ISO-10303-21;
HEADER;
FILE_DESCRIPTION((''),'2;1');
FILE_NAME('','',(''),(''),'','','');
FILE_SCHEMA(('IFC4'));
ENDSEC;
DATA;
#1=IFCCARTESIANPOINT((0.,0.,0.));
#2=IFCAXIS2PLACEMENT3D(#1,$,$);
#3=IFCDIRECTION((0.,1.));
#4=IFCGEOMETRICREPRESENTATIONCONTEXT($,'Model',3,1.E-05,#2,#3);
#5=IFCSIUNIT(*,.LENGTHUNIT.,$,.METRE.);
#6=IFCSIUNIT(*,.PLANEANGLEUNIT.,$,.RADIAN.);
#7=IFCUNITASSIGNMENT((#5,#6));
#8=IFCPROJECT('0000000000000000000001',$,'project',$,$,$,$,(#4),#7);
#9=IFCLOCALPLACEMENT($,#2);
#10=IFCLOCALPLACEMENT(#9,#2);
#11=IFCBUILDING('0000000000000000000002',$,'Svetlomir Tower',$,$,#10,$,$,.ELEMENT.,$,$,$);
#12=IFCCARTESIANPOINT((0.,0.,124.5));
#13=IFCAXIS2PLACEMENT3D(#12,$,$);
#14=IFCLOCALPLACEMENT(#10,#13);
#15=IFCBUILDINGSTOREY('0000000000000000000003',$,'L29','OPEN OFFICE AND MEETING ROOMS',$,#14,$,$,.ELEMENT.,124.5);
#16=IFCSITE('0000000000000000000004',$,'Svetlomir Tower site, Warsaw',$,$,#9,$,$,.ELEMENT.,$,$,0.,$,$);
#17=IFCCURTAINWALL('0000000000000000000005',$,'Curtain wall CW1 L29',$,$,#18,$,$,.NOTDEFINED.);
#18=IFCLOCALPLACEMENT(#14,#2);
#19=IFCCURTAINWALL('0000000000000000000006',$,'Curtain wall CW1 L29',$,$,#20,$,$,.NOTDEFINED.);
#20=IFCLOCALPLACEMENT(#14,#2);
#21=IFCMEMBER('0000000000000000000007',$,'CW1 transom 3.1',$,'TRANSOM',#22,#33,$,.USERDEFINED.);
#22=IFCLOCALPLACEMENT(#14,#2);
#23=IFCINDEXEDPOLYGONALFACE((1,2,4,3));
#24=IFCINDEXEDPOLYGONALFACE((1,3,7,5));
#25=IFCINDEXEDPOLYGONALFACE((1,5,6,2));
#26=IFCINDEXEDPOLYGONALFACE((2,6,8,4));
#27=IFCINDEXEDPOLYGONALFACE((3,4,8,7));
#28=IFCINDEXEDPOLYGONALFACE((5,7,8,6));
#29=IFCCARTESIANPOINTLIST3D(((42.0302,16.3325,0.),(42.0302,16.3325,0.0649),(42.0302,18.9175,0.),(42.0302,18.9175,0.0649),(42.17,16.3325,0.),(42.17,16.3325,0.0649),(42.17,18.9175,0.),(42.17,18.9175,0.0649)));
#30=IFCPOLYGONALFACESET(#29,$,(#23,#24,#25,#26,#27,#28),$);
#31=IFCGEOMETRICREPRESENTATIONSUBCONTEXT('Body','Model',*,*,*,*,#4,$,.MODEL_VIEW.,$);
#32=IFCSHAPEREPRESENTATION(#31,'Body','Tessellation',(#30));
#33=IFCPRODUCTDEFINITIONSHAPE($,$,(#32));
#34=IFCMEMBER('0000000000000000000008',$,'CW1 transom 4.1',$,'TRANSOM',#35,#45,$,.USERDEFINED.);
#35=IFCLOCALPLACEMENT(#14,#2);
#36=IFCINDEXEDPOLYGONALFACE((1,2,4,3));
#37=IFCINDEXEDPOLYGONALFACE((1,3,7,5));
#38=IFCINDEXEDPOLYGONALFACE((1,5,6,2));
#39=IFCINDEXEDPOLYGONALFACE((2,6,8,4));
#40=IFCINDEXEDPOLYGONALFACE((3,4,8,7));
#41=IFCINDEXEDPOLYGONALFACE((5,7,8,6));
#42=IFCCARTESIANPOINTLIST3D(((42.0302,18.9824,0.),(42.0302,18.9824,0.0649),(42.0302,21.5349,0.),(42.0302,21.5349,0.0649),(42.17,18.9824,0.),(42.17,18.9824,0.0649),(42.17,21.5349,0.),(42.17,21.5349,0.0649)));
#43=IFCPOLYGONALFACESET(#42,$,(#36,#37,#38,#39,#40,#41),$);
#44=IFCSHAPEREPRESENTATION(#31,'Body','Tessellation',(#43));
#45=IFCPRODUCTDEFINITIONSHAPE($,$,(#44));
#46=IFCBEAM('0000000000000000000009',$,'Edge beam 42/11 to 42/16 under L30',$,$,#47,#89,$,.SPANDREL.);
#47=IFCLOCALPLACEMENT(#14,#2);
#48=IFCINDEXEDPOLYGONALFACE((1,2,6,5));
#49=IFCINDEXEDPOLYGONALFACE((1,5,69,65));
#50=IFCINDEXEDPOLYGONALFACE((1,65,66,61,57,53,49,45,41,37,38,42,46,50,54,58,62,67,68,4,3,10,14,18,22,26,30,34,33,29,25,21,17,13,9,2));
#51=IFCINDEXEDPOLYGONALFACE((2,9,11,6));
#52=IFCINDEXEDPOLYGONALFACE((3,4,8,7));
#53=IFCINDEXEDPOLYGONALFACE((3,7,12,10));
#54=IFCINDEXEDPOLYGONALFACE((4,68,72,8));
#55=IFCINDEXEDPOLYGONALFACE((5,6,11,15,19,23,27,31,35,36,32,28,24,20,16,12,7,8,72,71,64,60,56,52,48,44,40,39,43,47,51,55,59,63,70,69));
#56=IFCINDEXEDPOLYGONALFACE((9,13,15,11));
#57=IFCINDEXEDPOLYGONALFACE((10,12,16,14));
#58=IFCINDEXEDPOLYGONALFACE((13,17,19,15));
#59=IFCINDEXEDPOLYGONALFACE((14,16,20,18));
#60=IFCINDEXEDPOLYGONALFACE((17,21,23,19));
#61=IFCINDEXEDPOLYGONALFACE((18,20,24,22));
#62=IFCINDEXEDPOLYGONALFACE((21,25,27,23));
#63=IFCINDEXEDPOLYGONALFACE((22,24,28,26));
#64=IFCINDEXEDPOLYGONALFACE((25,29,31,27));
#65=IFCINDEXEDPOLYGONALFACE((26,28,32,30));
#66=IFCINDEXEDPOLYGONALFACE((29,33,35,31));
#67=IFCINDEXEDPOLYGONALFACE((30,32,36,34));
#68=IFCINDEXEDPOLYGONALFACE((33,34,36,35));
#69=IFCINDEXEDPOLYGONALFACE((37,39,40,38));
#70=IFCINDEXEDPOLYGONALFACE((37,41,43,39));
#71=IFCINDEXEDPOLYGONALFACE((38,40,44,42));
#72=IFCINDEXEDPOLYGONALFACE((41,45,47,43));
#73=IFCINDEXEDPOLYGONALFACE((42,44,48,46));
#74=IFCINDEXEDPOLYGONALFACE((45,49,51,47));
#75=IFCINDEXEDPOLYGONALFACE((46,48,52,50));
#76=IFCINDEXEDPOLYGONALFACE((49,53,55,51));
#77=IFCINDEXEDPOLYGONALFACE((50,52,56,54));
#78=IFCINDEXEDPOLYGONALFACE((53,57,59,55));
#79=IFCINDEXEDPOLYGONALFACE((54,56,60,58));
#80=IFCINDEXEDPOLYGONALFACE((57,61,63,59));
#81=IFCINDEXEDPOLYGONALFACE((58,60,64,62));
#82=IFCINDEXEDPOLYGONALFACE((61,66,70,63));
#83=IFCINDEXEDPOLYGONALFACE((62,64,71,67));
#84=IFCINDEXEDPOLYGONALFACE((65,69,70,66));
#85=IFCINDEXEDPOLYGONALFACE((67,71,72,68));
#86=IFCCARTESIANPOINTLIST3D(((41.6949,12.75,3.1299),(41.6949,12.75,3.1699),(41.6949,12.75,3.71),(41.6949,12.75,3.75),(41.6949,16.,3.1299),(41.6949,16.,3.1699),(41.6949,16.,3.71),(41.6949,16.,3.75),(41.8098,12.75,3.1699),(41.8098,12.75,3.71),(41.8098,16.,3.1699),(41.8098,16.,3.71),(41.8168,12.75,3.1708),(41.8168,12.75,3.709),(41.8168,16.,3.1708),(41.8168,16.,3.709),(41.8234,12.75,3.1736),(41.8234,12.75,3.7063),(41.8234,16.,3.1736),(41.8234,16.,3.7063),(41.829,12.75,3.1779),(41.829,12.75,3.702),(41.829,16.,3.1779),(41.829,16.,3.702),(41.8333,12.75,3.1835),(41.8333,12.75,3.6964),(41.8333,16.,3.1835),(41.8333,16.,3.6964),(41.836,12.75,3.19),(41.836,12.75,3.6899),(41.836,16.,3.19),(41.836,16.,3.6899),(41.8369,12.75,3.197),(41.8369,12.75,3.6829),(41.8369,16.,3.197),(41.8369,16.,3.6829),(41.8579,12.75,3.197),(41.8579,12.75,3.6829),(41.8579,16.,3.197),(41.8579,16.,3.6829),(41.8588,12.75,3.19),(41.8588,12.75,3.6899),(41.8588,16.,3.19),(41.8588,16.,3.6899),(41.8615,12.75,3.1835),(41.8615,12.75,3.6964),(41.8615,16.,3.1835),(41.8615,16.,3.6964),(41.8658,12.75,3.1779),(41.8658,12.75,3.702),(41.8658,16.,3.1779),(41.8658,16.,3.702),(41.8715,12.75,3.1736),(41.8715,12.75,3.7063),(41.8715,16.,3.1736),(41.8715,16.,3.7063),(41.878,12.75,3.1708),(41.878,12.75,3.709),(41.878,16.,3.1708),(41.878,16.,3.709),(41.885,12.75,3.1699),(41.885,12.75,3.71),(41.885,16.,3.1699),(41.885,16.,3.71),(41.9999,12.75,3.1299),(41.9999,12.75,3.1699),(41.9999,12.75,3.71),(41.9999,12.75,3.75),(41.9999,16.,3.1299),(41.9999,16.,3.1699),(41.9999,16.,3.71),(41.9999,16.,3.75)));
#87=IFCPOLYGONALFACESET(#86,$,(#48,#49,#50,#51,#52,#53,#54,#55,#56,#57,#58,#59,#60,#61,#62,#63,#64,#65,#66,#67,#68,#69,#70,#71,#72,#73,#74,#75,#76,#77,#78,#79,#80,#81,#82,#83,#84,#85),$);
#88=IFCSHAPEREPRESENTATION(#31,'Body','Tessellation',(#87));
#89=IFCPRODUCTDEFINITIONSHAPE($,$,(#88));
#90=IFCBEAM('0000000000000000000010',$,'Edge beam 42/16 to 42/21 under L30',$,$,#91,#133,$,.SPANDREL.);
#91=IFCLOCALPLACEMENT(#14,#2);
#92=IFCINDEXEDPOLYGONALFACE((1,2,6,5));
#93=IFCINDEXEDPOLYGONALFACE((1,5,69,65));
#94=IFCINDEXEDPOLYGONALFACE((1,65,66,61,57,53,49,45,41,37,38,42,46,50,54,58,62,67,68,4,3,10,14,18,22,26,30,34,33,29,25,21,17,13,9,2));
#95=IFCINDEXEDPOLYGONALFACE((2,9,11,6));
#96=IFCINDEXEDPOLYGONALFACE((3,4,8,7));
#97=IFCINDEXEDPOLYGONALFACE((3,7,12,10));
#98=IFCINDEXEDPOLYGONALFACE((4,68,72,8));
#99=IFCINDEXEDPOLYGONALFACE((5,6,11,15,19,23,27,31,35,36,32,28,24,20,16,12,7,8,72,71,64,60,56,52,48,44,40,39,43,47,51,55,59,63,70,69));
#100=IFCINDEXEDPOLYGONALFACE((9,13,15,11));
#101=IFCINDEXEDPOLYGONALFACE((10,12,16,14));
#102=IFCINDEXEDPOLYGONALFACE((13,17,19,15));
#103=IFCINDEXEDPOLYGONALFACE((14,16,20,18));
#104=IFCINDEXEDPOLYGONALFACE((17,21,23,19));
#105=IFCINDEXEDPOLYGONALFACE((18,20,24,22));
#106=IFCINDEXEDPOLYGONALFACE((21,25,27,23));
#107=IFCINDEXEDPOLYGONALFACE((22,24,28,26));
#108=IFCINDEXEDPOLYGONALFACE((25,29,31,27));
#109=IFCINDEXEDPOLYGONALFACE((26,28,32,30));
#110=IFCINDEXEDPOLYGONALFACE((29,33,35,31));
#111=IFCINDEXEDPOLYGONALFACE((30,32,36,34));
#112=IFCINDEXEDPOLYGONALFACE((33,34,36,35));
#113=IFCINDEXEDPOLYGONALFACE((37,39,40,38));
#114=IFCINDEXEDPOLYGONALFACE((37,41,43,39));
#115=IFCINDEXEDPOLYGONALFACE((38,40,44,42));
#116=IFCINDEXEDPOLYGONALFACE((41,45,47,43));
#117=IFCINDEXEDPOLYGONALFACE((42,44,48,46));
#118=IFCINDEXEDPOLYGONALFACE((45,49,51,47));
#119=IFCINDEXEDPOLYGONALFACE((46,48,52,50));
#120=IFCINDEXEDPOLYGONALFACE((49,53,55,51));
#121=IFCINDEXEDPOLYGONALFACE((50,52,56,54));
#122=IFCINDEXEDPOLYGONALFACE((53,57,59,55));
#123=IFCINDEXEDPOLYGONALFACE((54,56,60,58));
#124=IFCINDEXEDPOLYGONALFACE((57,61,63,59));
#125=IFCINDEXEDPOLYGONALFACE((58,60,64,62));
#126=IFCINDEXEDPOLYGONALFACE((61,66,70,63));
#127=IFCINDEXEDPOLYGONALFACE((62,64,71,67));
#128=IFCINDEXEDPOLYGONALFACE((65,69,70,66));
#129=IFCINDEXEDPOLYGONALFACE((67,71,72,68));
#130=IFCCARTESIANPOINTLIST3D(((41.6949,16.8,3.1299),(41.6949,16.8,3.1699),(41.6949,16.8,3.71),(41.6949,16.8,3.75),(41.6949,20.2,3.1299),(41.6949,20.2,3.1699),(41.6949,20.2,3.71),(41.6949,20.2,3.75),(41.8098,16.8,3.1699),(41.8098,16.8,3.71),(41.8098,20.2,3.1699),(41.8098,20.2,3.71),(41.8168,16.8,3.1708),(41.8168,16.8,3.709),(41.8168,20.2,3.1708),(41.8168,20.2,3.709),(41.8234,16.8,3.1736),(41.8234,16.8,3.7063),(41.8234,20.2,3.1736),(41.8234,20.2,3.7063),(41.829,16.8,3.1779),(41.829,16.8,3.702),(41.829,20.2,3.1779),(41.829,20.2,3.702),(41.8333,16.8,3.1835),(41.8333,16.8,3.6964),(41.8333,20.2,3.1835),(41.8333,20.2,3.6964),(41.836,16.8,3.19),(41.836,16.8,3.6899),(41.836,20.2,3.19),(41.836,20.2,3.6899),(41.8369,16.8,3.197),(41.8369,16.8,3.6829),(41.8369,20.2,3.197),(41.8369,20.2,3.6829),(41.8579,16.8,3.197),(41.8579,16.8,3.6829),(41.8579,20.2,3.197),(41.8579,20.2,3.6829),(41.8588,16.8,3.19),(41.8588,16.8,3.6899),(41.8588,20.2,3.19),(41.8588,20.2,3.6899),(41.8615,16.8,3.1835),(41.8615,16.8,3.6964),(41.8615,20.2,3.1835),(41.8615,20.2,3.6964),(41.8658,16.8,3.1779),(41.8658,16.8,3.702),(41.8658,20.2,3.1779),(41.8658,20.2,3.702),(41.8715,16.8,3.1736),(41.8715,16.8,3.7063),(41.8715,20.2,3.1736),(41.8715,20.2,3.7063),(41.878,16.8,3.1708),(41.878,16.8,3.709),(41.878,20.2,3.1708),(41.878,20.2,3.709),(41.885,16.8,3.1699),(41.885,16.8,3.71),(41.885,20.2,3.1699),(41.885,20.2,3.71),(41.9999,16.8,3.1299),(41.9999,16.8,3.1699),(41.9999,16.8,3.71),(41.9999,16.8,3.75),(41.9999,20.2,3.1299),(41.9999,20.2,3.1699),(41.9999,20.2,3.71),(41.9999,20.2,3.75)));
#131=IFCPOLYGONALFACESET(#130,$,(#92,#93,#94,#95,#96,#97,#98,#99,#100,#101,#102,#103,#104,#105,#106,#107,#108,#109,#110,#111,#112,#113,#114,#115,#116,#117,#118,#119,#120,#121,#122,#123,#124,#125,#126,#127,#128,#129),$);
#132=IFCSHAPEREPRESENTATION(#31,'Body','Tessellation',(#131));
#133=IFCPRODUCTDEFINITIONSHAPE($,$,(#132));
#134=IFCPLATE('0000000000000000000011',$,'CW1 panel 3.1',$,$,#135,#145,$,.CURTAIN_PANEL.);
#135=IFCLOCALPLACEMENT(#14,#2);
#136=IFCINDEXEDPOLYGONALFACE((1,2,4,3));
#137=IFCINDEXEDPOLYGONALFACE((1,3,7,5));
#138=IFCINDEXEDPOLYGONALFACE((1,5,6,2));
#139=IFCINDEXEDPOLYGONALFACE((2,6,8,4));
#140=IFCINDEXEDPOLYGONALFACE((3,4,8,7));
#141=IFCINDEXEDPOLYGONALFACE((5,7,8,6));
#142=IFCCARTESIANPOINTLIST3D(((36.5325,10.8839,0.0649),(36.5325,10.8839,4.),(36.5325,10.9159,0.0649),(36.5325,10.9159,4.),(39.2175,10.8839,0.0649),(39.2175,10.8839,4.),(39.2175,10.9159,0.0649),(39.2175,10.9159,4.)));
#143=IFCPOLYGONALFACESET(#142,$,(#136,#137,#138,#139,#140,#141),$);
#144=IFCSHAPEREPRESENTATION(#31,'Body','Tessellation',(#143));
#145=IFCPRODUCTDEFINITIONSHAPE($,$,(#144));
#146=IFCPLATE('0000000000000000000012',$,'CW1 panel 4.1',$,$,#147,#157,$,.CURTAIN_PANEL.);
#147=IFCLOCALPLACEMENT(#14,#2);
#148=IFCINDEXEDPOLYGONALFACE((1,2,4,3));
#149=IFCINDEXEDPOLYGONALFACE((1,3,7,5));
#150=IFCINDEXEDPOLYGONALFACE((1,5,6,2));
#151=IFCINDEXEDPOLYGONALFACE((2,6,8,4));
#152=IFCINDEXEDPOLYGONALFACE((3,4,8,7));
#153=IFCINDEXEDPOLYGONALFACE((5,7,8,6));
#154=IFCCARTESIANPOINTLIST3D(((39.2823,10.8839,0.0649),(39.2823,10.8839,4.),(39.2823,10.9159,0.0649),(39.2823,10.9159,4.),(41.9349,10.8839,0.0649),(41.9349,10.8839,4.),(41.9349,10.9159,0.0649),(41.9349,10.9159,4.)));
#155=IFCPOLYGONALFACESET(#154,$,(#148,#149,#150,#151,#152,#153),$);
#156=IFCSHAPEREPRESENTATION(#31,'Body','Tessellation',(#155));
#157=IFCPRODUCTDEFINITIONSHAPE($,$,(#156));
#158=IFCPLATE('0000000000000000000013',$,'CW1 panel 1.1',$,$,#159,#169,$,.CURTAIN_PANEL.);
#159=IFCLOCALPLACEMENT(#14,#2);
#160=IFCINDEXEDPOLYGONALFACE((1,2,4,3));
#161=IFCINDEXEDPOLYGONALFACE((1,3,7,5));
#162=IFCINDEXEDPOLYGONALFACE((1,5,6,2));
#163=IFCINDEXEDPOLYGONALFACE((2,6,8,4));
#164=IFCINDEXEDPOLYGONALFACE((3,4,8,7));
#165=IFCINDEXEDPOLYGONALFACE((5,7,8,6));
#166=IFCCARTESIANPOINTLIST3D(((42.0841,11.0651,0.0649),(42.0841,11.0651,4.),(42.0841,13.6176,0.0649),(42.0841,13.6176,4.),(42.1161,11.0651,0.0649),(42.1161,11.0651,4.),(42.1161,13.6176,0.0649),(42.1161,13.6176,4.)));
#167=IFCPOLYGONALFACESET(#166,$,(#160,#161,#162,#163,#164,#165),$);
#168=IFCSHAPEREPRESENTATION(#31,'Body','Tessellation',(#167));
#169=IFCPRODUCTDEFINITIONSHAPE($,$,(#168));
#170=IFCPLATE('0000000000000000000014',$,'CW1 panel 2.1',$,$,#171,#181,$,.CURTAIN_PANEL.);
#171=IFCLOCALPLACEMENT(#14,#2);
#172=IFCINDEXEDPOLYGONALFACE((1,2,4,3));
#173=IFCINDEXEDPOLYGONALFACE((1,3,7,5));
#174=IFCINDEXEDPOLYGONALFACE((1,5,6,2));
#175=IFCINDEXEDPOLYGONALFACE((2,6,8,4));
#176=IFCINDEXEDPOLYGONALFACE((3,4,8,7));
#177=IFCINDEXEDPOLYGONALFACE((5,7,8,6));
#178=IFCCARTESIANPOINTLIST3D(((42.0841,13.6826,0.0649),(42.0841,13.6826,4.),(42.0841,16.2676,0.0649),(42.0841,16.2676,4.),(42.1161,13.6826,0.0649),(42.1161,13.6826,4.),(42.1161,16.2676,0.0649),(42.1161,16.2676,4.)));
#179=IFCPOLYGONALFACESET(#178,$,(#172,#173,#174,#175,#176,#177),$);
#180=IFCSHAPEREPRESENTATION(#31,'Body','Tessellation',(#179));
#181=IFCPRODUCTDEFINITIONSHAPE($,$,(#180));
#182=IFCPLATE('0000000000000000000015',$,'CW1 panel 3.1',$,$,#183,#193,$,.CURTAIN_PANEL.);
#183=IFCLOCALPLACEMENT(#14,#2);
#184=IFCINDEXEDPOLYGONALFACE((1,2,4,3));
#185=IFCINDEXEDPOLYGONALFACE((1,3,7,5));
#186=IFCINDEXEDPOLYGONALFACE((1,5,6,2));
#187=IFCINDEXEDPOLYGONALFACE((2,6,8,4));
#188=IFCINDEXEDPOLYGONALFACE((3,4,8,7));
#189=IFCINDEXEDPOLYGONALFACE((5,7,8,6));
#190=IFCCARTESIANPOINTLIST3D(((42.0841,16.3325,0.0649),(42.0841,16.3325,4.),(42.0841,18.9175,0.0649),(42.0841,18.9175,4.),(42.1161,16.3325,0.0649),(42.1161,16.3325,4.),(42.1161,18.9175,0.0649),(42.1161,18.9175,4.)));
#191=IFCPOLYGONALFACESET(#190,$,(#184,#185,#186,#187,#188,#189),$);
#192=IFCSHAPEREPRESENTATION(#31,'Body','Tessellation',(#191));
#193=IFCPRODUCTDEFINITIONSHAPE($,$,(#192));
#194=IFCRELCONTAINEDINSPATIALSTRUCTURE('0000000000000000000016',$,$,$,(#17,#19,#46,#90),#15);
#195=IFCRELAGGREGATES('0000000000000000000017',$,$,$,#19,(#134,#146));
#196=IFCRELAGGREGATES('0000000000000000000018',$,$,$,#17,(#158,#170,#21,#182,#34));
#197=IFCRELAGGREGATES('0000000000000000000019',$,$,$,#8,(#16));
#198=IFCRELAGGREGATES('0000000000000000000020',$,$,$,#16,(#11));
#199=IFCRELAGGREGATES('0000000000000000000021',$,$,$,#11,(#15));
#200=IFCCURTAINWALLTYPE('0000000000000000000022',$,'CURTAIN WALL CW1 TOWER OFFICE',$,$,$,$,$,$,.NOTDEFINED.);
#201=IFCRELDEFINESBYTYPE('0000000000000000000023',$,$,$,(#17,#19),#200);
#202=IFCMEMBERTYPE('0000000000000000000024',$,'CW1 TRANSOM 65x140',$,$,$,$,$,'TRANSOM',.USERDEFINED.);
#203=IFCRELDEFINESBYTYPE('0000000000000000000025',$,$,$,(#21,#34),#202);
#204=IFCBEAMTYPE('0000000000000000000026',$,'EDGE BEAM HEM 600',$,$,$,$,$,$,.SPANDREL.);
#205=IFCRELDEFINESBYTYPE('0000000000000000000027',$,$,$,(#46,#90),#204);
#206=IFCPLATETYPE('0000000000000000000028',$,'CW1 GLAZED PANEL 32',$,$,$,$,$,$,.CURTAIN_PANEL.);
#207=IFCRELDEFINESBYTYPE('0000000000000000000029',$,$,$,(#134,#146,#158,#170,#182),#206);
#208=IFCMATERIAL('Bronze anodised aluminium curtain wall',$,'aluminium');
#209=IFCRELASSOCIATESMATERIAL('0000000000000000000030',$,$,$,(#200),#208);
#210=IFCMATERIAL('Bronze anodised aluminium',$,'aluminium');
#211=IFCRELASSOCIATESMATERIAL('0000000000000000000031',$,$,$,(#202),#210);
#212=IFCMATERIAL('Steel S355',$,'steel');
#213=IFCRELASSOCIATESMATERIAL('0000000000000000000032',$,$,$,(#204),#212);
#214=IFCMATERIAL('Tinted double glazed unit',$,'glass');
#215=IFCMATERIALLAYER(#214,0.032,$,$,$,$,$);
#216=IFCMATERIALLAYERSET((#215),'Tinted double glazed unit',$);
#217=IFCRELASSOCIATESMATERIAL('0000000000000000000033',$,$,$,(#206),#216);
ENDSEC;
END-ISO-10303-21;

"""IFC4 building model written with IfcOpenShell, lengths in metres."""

from ifc_helpers import new_model, si_unit, direction, frame, origin, origin_2d, place, context, subcontext, project, spatial, rectangle, i_section, extrude, material, layer, layer_set, material_profile, profile_set, type_object, element, aggregate, save


model = new_model("IFC4")

# Units and contexts
model_context = context("Model", 3, precision=1e-05, world=origin(), true_north=direction((0.0, 1.0)))
body_context = subcontext(model_context, "Body", "Model", "MODEL_VIEW")
ifc_project = project(units=[si_unit("LENGTHUNIT", "METRE"), si_unit("PLANEANGLEUNIT", "RADIAN")], contexts=[model_context])

# Site, building, storey
site_placement = place(None, origin())
site = spatial("IfcSite", under=ifc_project, at=site_placement, Name="Svetlomir Tower site, Warsaw", CompositionType="ELEMENT", RefElevation=0.0)
building_placement = place(site_placement, origin())
building = spatial("IfcBuilding", under=site, at=building_placement, Name="Svetlomir Tower", CompositionType="ELEMENT")
storey_placement = place(building_placement, frame((0.0, 0.0, 124.5)))
storey = spatial("IfcBuildingStorey", under=building, at=storey_placement, Name="L29", Description="OPEN OFFICE AND MEETING ROOMS", CompositionType="ELEMENT", Elevation=124.5)

# Curtain wall
ifc_material_1 = material(Name="Bronze anodised aluminium curtain wall", Category="aluminium")
curtain_wall_type = type_object("IfcCurtainWallType", Name="CURTAIN WALL CW1 TOWER OFFICE", PredefinedType="NOTDEFINED", material=ifc_material_1)
curtain_wall_1_placement = place(storey_placement, origin())
curtain_wall_1 = element("IfcCurtainWall", 1, at=curtain_wall_1_placement, inside=storey, type_object=curtain_wall_type, Name="Curtain wall CW1 L29", PredefinedType="NOTDEFINED")

# Curtain wall
curtain_wall_2_placement = place(storey_placement, origin())
curtain_wall_2 = element("IfcCurtainWall", 2, at=curtain_wall_2_placement, inside=storey, type_object=curtain_wall_type, Name="Curtain wall CW1 L29", PredefinedType="NOTDEFINED")

# Members
ifc_material_2 = material(Name="Bronze anodised aluminium", Category="aluminium")
ifc_material_profile_1 = material_profile(ifc_material_2, rectangle(XDim=0.1399, YDim=0.0649, at=origin_2d()), Name="AL 140x65")
ifc_profile_set_1 = profile_set([ifc_material_profile_1], Name="Bronze anodised aluminium 6063-T6")
member_type_1 = type_object("IfcMemberType", Name="CW1 TRANSOM 65x140", ElementType="TRANSOM", PredefinedType="USERDEFINED", material=ifc_profile_set_1)
member_1_placement = place(storey_placement, frame((42.1001, 16.3325, 0.0325), z_axis=(0.0, 1.0, 0.0), x_axis=(-1.0, 0.0, 0.0)))
member_1 = element("IfcMember", 3, at=member_1_placement, type_object=member_type_1, Name="CW1 transom 3.1", ObjectType="TRANSOM", PredefinedType="USERDEFINED", context=body_context, shape_type="SweptSolid", body=[
    extrude(rectangle(XDim=0.1399, YDim=0.0649, at=origin_2d()), origin(), (0.0, 0.0, 1.0), 2.585),
])
member_2_placement = place(storey_placement, frame((42.1001, 18.9824, 0.0325), z_axis=(0.0, 1.0, 0.0), x_axis=(-1.0, 0.0, 0.0)))
member_2 = element("IfcMember", 4, at=member_2_placement, type_object=member_type_1, Name="CW1 transom 4.1", ObjectType="TRANSOM", PredefinedType="USERDEFINED", context=body_context, shape_type="SweptSolid", body=[
    extrude(rectangle(XDim=0.1399, YDim=0.0649, at=origin_2d()), origin(), (0.0, 0.0, 1.0), 2.5525),
])

# Beams
ifc_material_3 = material(Name="Steel S355", Category="steel")
ifc_material_profile_2 = material_profile(ifc_material_3, i_section(OverallWidth=0.3049, OverallDepth=0.6201, WebThickness=0.021, FlangeThickness=0.04, FilletRadius=0.0271, at=origin_2d()), Name="HEM 600")
ifc_profile_set_2 = profile_set([ifc_material_profile_2], Name="Steel S355")
beam_type = type_object("IfcBeamType", Name="EDGE BEAM HEM 600", PredefinedType="SPANDREL", material=ifc_profile_set_2)
beam_1_placement = place(storey_placement, frame((41.8474, 12.75, 3.4399), z_axis=(0.0, 1.0, 0.0), x_axis=(-1.0, 0.0, 0.0)))
element("IfcBeam", 5, at=beam_1_placement, inside=storey, type_object=beam_type, Name="Edge beam 42/11 to 42/16 under L30", PredefinedType="SPANDREL", context=body_context, shape_type="SweptSolid", body=[
    extrude(i_section(OverallWidth=0.3049, OverallDepth=0.6201, WebThickness=0.021, FlangeThickness=0.04, FilletRadius=0.0271, at=origin_2d()), origin(), (0.0, 0.0, 1.0), 3.25),
])
beam_2_placement = place(storey_placement, frame((41.8474, 16.8, 3.4399), z_axis=(0.0, 1.0, 0.0), x_axis=(-1.0, 0.0, 0.0)))
element("IfcBeam", 6, at=beam_2_placement, inside=storey, type_object=beam_type, Name="Edge beam 42/16 to 42/21 under L30", PredefinedType="SPANDREL", context=body_context, shape_type="SweptSolid", body=[
    extrude(i_section(OverallWidth=0.3049, OverallDepth=0.6201, WebThickness=0.021, FlangeThickness=0.04, FilletRadius=0.0271, at=origin_2d()), origin(), (0.0, 0.0, 1.0), 3.3999),
])

# Plates
ifc_material_4 = material(Name="Tinted double glazed unit", Category="glass")
ifc_layer_1 = layer(ifc_material_4, 0.032)
ifc_layer_set_1 = layer_set([ifc_layer_1], Name="Tinted double glazed unit")
plate_type = type_object("IfcPlateType", Name="CW1 GLAZED PANEL 32", PredefinedType="CURTAIN_PANEL", material=ifc_layer_set_1)
plate_1_placement = place(storey_placement, frame((37.875, 10.8999, 0.0649), z_axis=(0.0, 0.0, 1.0), x_axis=(1.0, 0.0, 0.0)))
plate_1 = element("IfcPlate", 7, at=plate_1_placement, type_object=plate_type, Name="CW1 panel 3.1", PredefinedType="CURTAIN_PANEL", context=body_context, shape_type="SweptSolid", body=[
    extrude(rectangle(XDim=2.6851, YDim=0.032, at=origin_2d()), origin(), (0.0, 0.0, 1.0), 3.9351),
])
plate_2_placement = place(storey_placement, frame((40.6086, 10.8999, 0.0649), z_axis=(0.0, 0.0, 1.0), x_axis=(1.0, 0.0, 0.0)))
plate_2 = element("IfcPlate", 8, at=plate_2_placement, type_object=plate_type, Name="CW1 panel 4.1", PredefinedType="CURTAIN_PANEL", context=body_context, shape_type="SweptSolid", body=[
    extrude(rectangle(XDim=2.6526, YDim=0.032, at=origin_2d()), origin(), (0.0, 0.0, 1.0), 3.9351),
])
aggregate(curtain_wall_2, [plate_1, plate_2])
plate_3_placement = place(storey_placement, frame((42.1001, 12.3413, 0.0649), z_axis=(0.0, 0.0, 1.0), x_axis=(0.0, 1.0, 0.0)))
plate_3 = element("IfcPlate", 9, at=plate_3_placement, type_object=plate_type, Name="CW1 panel 1.1", PredefinedType="CURTAIN_PANEL", context=body_context, shape_type="SweptSolid", body=[
    extrude(rectangle(XDim=2.5525, YDim=0.032, at=origin_2d()), origin(), (0.0, 0.0, 1.0), 3.9351),
])
plate_4_placement = place(storey_placement, frame((42.1001, 14.9751, 0.0649), z_axis=(0.0, 0.0, 1.0), x_axis=(0.0, 1.0, 0.0)))
plate_4 = element("IfcPlate", 10, at=plate_4_placement, type_object=plate_type, Name="CW1 panel 2.1", PredefinedType="CURTAIN_PANEL", context=body_context, shape_type="SweptSolid", body=[
    extrude(rectangle(XDim=2.585, YDim=0.032, at=origin_2d()), origin(), (0.0, 0.0, 1.0), 3.9351),
])
plate_5_placement = place(storey_placement, frame((42.1001, 17.625, 0.0649), z_axis=(0.0, 0.0, 1.0), x_axis=(0.0, 1.0, 0.0)))
plate_5 = element("IfcPlate", 11, at=plate_5_placement, type_object=plate_type, Name="CW1 panel 3.1", PredefinedType="CURTAIN_PANEL", context=body_context, shape_type="SweptSolid", body=[
    extrude(rectangle(XDim=2.585, YDim=0.032, at=origin_2d()), origin(), (0.0, 0.0, 1.0), 3.9351),
])
aggregate(curtain_wall_1, [plate_3, plate_4, member_1, plate_5, member_2])

save(model, "model.ifc")
